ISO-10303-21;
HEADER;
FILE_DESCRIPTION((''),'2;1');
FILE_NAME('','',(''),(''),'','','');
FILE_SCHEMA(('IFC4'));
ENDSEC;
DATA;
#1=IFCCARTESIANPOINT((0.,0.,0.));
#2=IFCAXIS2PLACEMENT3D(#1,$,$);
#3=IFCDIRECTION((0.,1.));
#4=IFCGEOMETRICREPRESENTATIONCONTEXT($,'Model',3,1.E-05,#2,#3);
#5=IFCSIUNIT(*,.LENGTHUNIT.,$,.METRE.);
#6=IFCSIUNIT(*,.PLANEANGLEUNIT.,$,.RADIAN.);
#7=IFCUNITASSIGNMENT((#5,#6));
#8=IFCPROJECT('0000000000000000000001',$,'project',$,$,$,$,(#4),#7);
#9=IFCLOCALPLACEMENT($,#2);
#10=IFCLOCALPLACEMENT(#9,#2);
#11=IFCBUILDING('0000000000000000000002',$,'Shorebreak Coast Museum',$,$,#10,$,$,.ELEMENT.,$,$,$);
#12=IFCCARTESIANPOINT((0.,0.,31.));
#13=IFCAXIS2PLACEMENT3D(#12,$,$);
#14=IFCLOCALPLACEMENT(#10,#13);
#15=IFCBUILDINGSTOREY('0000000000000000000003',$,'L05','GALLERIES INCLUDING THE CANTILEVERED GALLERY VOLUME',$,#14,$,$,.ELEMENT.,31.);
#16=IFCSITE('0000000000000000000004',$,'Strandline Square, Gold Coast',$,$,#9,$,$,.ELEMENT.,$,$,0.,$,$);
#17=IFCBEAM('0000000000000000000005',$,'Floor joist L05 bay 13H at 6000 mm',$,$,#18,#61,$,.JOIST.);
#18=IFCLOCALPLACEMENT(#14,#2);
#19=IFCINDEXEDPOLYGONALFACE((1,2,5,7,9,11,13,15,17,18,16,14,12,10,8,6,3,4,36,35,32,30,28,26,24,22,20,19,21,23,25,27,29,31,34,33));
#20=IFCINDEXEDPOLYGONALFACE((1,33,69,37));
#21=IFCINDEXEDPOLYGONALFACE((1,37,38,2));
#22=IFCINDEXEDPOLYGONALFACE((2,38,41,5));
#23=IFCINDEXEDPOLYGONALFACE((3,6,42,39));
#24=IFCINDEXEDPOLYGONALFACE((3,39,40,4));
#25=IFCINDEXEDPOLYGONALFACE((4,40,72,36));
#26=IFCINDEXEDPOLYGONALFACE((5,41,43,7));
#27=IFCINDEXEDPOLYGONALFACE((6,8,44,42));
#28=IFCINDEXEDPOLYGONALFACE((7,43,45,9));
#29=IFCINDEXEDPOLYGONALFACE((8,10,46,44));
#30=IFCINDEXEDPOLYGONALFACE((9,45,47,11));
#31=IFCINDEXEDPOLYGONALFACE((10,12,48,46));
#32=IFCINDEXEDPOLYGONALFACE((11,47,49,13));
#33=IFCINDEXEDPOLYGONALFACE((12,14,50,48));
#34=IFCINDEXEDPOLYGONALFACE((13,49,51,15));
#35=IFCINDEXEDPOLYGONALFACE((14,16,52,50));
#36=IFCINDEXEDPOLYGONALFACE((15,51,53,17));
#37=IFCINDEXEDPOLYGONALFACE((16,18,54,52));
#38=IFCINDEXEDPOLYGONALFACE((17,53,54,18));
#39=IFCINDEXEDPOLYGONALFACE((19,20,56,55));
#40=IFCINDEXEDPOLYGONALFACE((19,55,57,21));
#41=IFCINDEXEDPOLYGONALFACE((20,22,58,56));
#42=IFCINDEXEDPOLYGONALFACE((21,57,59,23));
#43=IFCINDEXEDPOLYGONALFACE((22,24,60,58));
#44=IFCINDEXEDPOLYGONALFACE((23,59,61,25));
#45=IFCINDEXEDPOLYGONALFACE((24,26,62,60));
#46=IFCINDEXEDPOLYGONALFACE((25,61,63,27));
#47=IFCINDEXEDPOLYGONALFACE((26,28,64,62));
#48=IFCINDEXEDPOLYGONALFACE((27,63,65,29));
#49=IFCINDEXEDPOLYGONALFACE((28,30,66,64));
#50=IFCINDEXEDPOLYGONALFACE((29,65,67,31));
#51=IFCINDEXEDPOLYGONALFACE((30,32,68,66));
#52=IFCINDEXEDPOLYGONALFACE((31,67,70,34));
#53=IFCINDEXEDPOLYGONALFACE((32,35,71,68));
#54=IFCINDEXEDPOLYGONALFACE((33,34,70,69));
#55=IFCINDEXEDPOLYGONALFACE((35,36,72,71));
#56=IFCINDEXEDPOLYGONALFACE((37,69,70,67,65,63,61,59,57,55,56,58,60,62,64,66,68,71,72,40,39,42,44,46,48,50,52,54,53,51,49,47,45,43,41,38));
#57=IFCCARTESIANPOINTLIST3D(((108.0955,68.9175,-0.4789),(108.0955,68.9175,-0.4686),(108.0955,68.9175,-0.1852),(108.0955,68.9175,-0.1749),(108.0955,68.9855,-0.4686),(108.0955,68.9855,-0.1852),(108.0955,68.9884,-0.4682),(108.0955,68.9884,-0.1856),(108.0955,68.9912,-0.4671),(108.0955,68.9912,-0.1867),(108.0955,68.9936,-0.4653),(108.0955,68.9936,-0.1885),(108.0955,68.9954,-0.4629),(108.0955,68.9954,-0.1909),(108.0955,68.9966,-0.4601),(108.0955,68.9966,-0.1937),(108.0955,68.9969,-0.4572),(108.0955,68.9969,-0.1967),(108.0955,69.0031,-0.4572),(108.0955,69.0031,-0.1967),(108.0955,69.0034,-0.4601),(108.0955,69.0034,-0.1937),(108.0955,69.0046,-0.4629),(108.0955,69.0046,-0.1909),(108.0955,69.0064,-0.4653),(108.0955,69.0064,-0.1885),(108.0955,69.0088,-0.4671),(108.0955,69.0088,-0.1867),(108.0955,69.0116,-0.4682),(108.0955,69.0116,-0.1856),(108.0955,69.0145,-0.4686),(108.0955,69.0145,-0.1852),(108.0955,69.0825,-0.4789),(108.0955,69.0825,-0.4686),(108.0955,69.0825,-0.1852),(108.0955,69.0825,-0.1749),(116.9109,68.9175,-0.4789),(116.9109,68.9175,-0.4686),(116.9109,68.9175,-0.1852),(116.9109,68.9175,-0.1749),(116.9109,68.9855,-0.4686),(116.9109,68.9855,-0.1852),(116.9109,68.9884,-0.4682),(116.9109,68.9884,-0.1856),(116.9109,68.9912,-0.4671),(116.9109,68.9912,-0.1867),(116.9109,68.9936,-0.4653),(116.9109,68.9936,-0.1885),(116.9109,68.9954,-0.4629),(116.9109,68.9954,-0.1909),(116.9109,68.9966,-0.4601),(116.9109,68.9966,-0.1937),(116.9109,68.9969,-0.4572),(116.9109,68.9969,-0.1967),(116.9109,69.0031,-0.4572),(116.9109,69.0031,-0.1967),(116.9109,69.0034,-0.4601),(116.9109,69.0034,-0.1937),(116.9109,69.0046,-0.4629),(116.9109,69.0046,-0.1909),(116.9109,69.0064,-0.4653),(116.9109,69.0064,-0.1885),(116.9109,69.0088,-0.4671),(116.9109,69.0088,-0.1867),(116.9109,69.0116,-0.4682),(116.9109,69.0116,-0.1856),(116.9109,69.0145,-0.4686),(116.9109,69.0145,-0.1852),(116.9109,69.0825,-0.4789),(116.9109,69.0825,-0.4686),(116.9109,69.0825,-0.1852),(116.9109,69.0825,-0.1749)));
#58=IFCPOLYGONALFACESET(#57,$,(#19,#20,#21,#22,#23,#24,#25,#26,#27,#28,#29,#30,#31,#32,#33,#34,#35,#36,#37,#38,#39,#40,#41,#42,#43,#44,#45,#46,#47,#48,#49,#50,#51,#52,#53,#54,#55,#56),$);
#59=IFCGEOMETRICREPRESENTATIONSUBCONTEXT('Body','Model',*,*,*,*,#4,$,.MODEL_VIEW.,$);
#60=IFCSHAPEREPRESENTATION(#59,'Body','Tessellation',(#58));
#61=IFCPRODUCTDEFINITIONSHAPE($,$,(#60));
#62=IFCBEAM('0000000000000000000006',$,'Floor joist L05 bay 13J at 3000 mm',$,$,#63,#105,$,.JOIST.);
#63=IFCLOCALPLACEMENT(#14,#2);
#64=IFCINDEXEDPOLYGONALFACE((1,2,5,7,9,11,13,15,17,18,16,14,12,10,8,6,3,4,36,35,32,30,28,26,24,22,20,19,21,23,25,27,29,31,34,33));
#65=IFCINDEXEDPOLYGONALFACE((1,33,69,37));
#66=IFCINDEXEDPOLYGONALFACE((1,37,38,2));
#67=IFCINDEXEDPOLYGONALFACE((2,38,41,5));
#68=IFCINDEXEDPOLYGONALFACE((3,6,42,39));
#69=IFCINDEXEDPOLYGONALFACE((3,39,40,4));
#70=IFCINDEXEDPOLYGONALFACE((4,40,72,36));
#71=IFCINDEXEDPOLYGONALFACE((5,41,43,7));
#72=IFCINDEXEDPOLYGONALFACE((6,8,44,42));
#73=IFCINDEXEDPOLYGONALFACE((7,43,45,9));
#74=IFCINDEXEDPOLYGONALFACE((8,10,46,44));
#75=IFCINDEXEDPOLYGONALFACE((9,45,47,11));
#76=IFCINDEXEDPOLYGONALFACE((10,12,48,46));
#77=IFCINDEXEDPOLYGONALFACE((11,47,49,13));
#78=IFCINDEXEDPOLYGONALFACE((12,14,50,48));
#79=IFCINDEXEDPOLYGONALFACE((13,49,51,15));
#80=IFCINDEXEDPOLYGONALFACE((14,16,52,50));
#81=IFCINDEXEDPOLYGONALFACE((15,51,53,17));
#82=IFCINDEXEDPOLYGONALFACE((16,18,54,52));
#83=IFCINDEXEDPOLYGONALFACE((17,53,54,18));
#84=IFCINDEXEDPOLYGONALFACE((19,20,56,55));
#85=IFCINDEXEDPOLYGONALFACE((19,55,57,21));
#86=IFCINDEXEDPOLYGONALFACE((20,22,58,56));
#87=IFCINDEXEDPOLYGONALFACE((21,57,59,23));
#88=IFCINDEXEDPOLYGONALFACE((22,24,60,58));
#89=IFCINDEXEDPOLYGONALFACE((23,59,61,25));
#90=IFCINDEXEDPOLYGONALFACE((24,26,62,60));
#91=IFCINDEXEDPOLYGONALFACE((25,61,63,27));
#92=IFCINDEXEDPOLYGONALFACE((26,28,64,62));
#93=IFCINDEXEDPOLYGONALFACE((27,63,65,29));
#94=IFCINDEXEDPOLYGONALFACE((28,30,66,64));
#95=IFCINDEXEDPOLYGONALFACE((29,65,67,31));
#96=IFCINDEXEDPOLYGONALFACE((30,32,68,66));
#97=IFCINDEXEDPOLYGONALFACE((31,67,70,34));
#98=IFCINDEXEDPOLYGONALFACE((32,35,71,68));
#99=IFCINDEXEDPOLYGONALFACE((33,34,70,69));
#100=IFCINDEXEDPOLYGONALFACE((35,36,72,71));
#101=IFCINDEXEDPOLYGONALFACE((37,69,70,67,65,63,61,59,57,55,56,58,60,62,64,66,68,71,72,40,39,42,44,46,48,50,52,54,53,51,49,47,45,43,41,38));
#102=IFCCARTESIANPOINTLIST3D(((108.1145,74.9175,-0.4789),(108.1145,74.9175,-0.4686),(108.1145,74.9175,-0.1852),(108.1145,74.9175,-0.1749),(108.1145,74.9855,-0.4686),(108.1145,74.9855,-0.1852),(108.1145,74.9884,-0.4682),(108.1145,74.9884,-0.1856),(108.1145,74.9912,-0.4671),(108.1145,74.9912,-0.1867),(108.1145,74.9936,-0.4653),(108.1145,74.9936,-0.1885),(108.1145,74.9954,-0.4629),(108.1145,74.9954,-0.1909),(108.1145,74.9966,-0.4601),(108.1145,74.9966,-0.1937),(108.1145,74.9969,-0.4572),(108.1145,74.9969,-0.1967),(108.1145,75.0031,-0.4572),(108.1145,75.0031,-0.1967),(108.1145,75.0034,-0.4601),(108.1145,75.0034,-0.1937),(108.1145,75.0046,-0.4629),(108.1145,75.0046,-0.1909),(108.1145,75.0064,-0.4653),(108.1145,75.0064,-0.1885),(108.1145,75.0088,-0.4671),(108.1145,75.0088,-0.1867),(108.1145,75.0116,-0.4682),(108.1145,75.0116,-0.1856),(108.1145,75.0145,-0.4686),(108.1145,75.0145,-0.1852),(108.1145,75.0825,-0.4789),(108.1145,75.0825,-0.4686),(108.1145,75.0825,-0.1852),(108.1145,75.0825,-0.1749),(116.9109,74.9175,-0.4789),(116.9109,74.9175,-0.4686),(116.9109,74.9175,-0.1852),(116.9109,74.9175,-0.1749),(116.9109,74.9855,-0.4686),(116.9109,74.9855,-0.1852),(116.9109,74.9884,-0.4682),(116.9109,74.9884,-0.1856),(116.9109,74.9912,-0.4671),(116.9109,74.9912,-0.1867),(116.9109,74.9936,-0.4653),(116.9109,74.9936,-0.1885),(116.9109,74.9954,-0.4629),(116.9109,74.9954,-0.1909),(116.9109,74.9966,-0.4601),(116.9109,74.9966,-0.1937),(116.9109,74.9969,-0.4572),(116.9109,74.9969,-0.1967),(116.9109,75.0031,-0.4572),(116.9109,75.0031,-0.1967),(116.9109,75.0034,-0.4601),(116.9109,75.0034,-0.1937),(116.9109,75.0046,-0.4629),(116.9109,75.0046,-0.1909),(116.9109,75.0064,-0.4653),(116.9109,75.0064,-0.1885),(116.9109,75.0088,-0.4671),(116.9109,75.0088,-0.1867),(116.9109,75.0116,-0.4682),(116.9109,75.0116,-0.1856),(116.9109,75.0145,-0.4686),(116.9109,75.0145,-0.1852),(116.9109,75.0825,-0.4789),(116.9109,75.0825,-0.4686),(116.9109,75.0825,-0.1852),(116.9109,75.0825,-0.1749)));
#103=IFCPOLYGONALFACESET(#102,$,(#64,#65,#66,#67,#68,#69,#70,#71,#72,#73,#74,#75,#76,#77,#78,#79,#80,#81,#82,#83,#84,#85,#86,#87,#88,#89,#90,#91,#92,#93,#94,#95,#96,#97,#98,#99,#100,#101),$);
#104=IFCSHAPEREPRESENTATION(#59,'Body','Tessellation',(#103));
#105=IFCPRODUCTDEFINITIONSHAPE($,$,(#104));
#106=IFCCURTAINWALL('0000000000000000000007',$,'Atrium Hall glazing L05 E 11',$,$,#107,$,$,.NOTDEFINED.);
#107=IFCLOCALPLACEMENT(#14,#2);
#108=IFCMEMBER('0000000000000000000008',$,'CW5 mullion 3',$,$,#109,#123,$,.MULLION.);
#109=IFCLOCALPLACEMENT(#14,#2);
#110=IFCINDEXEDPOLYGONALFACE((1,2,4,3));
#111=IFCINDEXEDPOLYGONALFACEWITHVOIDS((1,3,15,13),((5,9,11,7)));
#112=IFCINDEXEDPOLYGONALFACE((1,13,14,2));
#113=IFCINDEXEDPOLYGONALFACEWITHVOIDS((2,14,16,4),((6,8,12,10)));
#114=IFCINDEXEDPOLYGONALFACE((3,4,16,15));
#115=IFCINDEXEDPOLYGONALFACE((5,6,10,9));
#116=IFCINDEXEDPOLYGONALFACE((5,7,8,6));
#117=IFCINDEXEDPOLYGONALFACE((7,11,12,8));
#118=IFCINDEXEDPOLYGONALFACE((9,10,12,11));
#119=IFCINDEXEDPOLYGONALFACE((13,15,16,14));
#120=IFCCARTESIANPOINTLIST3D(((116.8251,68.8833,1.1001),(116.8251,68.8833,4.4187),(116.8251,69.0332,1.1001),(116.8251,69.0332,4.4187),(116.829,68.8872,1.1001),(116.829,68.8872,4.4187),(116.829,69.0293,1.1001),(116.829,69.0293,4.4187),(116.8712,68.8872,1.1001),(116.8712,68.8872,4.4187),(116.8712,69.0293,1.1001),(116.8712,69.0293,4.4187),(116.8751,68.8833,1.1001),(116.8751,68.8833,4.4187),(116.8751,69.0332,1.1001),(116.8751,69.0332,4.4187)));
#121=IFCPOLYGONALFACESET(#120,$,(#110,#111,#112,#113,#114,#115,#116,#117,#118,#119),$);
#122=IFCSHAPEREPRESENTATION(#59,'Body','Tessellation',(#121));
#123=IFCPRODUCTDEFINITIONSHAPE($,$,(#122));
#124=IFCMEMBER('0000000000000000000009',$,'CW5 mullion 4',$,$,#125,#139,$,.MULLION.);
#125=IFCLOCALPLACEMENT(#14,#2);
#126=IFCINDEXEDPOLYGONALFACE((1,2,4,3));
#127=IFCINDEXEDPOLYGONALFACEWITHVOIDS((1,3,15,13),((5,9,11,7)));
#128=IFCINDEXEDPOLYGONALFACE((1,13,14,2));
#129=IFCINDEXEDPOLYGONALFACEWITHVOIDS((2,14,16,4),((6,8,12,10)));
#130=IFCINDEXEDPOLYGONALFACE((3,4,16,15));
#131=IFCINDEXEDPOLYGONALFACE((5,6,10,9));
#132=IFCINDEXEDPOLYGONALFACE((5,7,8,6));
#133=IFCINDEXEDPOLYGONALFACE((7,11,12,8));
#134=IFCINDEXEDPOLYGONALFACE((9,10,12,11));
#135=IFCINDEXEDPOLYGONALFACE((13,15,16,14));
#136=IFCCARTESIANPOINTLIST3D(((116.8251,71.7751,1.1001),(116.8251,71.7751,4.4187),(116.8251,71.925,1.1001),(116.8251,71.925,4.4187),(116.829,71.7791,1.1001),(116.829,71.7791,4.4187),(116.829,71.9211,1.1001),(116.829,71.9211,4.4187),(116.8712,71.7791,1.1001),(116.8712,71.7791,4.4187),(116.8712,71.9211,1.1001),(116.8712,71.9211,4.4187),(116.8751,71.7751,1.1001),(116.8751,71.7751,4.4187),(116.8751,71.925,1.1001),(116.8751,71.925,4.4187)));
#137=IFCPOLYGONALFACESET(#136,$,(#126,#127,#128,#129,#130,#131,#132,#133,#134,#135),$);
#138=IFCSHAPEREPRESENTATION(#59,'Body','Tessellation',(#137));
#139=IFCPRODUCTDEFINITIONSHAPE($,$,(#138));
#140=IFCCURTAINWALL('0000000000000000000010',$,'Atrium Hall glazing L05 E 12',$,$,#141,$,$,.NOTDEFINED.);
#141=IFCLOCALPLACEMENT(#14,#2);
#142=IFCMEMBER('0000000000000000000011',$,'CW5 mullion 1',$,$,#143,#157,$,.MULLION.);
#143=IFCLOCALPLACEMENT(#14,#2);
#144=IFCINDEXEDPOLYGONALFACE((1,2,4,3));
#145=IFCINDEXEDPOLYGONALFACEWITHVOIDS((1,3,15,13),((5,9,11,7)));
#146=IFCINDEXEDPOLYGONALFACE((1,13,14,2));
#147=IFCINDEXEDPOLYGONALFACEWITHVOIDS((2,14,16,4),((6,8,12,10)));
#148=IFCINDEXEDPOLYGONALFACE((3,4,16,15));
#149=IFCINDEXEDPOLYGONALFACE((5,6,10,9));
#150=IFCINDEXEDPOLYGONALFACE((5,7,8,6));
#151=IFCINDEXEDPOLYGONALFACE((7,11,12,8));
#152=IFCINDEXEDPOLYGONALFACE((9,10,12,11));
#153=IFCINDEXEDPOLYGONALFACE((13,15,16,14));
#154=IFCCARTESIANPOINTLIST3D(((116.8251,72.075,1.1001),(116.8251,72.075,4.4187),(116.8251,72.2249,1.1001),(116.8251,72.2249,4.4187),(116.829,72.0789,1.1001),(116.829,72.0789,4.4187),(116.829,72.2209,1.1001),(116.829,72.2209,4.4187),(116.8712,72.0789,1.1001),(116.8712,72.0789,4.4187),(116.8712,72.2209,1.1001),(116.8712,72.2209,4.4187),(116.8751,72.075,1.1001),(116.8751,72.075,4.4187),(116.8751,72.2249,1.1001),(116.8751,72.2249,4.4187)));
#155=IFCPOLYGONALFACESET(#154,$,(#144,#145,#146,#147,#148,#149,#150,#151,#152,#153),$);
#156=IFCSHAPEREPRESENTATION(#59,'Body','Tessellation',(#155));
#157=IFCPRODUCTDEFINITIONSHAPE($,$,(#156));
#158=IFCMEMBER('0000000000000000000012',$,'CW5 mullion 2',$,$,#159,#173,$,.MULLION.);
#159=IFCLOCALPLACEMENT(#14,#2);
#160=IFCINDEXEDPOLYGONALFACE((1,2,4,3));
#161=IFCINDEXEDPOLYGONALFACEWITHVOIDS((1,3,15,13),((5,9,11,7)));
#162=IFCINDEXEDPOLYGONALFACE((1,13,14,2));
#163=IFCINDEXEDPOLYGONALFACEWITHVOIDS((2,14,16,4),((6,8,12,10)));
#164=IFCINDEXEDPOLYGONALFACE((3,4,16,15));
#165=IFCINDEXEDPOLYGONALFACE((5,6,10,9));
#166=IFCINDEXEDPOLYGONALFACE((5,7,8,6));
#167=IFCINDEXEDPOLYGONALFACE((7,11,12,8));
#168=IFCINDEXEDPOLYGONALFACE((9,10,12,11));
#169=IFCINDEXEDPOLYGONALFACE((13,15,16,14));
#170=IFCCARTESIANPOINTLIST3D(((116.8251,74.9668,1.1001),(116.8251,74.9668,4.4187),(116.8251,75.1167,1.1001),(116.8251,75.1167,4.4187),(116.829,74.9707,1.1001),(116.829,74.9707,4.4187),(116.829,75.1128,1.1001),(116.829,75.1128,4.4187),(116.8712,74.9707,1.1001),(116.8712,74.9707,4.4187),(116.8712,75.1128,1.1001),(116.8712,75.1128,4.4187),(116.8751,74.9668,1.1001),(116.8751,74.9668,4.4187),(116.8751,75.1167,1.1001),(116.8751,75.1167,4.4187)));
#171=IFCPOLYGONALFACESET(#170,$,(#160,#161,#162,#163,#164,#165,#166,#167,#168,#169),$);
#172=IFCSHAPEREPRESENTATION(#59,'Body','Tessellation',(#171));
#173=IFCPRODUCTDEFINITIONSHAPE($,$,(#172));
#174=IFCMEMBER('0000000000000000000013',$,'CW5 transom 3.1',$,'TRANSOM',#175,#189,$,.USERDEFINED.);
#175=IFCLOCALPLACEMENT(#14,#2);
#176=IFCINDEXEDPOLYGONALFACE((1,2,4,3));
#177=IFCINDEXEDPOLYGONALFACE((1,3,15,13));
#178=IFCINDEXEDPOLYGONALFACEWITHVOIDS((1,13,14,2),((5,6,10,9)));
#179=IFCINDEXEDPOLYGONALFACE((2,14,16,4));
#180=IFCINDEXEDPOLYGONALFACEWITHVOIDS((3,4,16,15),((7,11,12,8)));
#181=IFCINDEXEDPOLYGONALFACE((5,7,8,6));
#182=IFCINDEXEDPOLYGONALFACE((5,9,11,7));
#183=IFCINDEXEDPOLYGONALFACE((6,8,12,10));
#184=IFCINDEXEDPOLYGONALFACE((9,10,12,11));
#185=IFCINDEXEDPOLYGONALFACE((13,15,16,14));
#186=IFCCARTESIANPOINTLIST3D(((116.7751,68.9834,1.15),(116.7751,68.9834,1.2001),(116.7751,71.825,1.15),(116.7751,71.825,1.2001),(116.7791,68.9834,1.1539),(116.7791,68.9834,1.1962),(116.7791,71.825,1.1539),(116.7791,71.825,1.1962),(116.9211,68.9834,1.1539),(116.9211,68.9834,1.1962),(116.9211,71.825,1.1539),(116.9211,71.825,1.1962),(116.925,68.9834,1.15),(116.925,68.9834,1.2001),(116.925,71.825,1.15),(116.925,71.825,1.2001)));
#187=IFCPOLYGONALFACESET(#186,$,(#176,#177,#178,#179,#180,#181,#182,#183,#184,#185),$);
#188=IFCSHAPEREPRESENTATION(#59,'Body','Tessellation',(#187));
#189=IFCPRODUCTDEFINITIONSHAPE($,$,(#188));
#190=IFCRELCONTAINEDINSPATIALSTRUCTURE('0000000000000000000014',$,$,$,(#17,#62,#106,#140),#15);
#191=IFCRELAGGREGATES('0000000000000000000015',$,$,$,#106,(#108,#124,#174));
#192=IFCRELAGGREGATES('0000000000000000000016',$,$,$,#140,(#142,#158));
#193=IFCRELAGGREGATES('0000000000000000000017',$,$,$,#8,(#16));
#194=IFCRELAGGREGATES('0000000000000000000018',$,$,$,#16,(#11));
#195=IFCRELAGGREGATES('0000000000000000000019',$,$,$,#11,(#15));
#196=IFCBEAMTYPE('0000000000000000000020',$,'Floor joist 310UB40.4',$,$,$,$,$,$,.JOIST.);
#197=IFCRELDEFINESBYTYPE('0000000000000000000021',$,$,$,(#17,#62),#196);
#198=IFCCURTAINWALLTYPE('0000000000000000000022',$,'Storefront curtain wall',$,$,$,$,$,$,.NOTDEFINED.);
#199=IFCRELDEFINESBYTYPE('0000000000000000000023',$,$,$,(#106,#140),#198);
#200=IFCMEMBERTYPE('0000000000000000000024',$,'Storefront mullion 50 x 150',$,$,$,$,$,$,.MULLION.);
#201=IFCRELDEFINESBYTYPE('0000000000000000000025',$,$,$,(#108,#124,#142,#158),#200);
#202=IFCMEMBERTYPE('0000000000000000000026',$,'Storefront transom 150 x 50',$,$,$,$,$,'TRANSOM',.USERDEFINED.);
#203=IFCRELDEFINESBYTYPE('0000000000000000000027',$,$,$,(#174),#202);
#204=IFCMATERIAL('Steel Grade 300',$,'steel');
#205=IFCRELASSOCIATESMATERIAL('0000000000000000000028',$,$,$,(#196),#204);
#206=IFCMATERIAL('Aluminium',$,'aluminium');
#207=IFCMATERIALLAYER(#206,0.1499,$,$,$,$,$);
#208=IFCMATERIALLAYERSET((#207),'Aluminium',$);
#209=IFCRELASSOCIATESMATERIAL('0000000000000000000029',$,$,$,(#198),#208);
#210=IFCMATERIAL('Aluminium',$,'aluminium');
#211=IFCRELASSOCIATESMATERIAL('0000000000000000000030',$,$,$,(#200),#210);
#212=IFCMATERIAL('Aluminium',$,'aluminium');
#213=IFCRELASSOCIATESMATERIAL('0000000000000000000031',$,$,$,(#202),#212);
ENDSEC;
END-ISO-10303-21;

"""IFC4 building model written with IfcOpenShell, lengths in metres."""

from ifc_helpers import new_model, si_unit, direction, frame, origin, origin_2d, place, context, subcontext, project, spatial, hollow_rectangle, i_section, extrude, material, layer, layer_set, material_profile, profile_set, type_object, element, aggregate, save


model = new_model("IFC4")

# Units and contexts
model_context = context("Model", 3, precision=1e-05, world=origin(), true_north=direction((0.0, 1.0)))
body_context = subcontext(model_context, "Body", "Model", "MODEL_VIEW")
ifc_project = project(units=[si_unit("LENGTHUNIT", "METRE"), si_unit("PLANEANGLEUNIT", "RADIAN")], contexts=[model_context])

# Site, building, storey
site_placement = place(None, origin())
site = spatial("IfcSite", under=ifc_project, at=site_placement, Name="Strandline Square, Gold Coast", CompositionType="ELEMENT", RefElevation=0.0)
building_placement = place(site_placement, origin())
building = spatial("IfcBuilding", under=site, at=building_placement, Name="Shorebreak Coast Museum", CompositionType="ELEMENT")
storey_placement = place(building_placement, frame((0.0, 0.0, 31.0)))
storey = spatial("IfcBuildingStorey", under=building, at=storey_placement, Name="L05", Description="GALLERIES INCLUDING THE CANTILEVERED GALLERY VOLUME", CompositionType="ELEMENT", Elevation=31.0)

# Beams
ifc_material_1 = material(Name="Steel Grade 300", Category="steel")
ifc_material_profile_1 = material_profile(ifc_material_1, i_section(OverallWidth=0.165, OverallDepth=0.304, WebThickness=0.0061, FlangeThickness=0.0103, FilletRadius=0.0115, at=origin_2d()), Name="310UB40.4")
ifc_profile_set_1 = profile_set([ifc_material_profile_1], Name="Steel Grade 300")
beam_type_1 = type_object("IfcBeamType", Name="Floor joist 310UB40.4", PredefinedType="JOIST", material=ifc_profile_set_1)
beam_1_placement = place(storey_placement, frame((108.0955, 69.0, -0.3269), z_axis=(1.0, 0.0, 0.0), x_axis=(0.0, 1.0, 0.0)))
element("IfcBeam", 1, at=beam_1_placement, inside=storey, type_object=beam_type_1, Name="Floor joist L05 bay 13H at 6000 mm", PredefinedType="JOIST", context=body_context, shape_type="SweptSolid", body=[
    extrude(i_section(OverallWidth=0.165, OverallDepth=0.304, WebThickness=0.0061, FlangeThickness=0.0103, FilletRadius=0.0115, at=origin_2d()), origin(), (0.0, 0.0, 1.0), 8.8154),
])
beam_2_placement = place(storey_placement, frame((108.1145, 75.0, -0.3269), z_axis=(1.0, 0.0, 0.0), x_axis=(0.0, 1.0, 0.0)))
element("IfcBeam", 2, at=beam_2_placement, inside=storey, type_object=beam_type_1, Name="Floor joist L05 bay 13J at 3000 mm", PredefinedType="JOIST", context=body_context, shape_type="SweptSolid", body=[
    extrude(i_section(OverallWidth=0.165, OverallDepth=0.304, WebThickness=0.0061, FlangeThickness=0.0103, FilletRadius=0.0115, at=origin_2d()), origin(), (0.0, 0.0, 1.0), 8.7964),
])

# Curtain walls, members
ifc_material_2 = material(Name="Aluminium", Category="aluminium")
ifc_layer_1 = layer(ifc_material_2, 0.1499)
ifc_layer_set_1 = layer_set([ifc_layer_1], Name="Aluminium")
curtain_wall_type = type_object("IfcCurtainWallType", Name="Storefront curtain wall", PredefinedType="NOTDEFINED", material=ifc_layer_set_1)
curtain_wall_1_placement = place(storey_placement, origin())
curtain_wall_1 = element("IfcCurtainWall", 3, at=curtain_wall_1_placement, inside=storey, type_object=curtain_wall_type, Name="Atrium Hall glazing L05 E 11", PredefinedType="NOTDEFINED")
ifc_material_3 = material(Name="Aluminium", Category="aluminium")
ifc_material_profile_2 = material_profile(ifc_material_3, hollow_rectangle(XDim=0.05, YDim=0.1499, WallThickness=0.0039, at=origin_2d()), Name="AL 150x50 RHS")
ifc_profile_set_2 = profile_set([ifc_material_profile_2], Name="Aluminium")
member_type_1 = type_object("IfcMemberType", Name="Storefront mullion 50 x 150", PredefinedType="MULLION", material=ifc_profile_set_2)
member_1_placement = place(storey_placement, frame((116.8501, 68.9583, 1.1001), z_axis=(0.0, 0.0, 1.0), x_axis=(-1.0, 0.0, 0.0)))
member_1 = element("IfcMember", 4, at=member_1_placement, type_object=member_type_1, Name="CW5 mullion 3", PredefinedType="MULLION", context=body_context, shape_type="SweptSolid", body=[
    extrude(hollow_rectangle(XDim=0.05, YDim=0.1499, WallThickness=0.0039, at=origin_2d()), origin(), (0.0, 0.0, 1.0), 3.3186),
])
member_2_placement = place(storey_placement, frame((116.8501, 71.8501, 1.1001), z_axis=(0.0, 0.0, 1.0), x_axis=(-1.0, 0.0, 0.0)))
member_2 = element("IfcMember", 5, at=member_2_placement, type_object=member_type_1, Name="CW5 mullion 4", PredefinedType="MULLION", context=body_context, shape_type="SweptSolid", body=[
    extrude(hollow_rectangle(XDim=0.05, YDim=0.1499, WallThickness=0.0039, at=origin_2d()), origin(), (0.0, 0.0, 1.0), 3.3186),
])
curtain_wall_2_placement = place(storey_placement, origin())
curtain_wall_2 = element("IfcCurtainWall", 6, at=curtain_wall_2_placement, inside=storey, type_object=curtain_wall_type, Name="Atrium Hall glazing L05 E 12", PredefinedType="NOTDEFINED")
member_3_placement = place(storey_placement, frame((116.8501, 72.1499, 1.1001), z_axis=(0.0, 0.0, 1.0), x_axis=(-1.0, 0.0, 0.0)))
member_3 = element("IfcMember", 7, at=member_3_placement, type_object=member_type_1, Name="CW5 mullion 1", PredefinedType="MULLION", context=body_context, shape_type="SweptSolid", body=[
    extrude(hollow_rectangle(XDim=0.05, YDim=0.1499, WallThickness=0.0039, at=origin_2d()), origin(), (0.0, 0.0, 1.0), 3.3186),
])
member_4_placement = place(storey_placement, frame((116.8501, 75.0417, 1.1001), z_axis=(0.0, 0.0, 1.0), x_axis=(-1.0, 0.0, 0.0)))
member_4 = element("IfcMember", 8, at=member_4_placement, type_object=member_type_1, Name="CW5 mullion 2", PredefinedType="MULLION", context=body_context, shape_type="SweptSolid", body=[
    extrude(hollow_rectangle(XDim=0.05, YDim=0.1499, WallThickness=0.0039, at=origin_2d()), origin(), (0.0, 0.0, 1.0), 3.3186),
])

# Member
ifc_material_4 = material(Name="Aluminium", Category="aluminium")
ifc_material_profile_3 = material_profile(ifc_material_4, hollow_rectangle(XDim=0.1499, YDim=0.05, WallThickness=0.0039, at=origin_2d()), Name="AL 50x150 RHS")
ifc_profile_set_3 = profile_set([ifc_material_profile_3], Name="Aluminium")
member_type_2 = type_object("IfcMemberType", Name="Storefront transom 150 x 50", ElementType="TRANSOM", PredefinedType="USERDEFINED", material=ifc_profile_set_3)
member_5_placement = place(storey_placement, frame((116.8501, 68.9834, 1.175), z_axis=(0.0, 1.0, 0.0), x_axis=(-1.0, 0.0, 0.0)))
member_5 = element("IfcMember", 9, at=member_5_placement, type_object=member_type_2, Name="CW5 transom 3.1", ObjectType="TRANSOM", PredefinedType="USERDEFINED", context=body_context, shape_type="SweptSolid", body=[
    extrude(hollow_rectangle(XDim=0.1499, YDim=0.05, WallThickness=0.0039, at=origin_2d()), origin(), (0.0, 0.0, 1.0), 2.8416),
])

aggregate(curtain_wall_1, [member_1, member_2, member_5])
aggregate(curtain_wall_2, [member_3, member_4])

save(model, "model.ifc")
